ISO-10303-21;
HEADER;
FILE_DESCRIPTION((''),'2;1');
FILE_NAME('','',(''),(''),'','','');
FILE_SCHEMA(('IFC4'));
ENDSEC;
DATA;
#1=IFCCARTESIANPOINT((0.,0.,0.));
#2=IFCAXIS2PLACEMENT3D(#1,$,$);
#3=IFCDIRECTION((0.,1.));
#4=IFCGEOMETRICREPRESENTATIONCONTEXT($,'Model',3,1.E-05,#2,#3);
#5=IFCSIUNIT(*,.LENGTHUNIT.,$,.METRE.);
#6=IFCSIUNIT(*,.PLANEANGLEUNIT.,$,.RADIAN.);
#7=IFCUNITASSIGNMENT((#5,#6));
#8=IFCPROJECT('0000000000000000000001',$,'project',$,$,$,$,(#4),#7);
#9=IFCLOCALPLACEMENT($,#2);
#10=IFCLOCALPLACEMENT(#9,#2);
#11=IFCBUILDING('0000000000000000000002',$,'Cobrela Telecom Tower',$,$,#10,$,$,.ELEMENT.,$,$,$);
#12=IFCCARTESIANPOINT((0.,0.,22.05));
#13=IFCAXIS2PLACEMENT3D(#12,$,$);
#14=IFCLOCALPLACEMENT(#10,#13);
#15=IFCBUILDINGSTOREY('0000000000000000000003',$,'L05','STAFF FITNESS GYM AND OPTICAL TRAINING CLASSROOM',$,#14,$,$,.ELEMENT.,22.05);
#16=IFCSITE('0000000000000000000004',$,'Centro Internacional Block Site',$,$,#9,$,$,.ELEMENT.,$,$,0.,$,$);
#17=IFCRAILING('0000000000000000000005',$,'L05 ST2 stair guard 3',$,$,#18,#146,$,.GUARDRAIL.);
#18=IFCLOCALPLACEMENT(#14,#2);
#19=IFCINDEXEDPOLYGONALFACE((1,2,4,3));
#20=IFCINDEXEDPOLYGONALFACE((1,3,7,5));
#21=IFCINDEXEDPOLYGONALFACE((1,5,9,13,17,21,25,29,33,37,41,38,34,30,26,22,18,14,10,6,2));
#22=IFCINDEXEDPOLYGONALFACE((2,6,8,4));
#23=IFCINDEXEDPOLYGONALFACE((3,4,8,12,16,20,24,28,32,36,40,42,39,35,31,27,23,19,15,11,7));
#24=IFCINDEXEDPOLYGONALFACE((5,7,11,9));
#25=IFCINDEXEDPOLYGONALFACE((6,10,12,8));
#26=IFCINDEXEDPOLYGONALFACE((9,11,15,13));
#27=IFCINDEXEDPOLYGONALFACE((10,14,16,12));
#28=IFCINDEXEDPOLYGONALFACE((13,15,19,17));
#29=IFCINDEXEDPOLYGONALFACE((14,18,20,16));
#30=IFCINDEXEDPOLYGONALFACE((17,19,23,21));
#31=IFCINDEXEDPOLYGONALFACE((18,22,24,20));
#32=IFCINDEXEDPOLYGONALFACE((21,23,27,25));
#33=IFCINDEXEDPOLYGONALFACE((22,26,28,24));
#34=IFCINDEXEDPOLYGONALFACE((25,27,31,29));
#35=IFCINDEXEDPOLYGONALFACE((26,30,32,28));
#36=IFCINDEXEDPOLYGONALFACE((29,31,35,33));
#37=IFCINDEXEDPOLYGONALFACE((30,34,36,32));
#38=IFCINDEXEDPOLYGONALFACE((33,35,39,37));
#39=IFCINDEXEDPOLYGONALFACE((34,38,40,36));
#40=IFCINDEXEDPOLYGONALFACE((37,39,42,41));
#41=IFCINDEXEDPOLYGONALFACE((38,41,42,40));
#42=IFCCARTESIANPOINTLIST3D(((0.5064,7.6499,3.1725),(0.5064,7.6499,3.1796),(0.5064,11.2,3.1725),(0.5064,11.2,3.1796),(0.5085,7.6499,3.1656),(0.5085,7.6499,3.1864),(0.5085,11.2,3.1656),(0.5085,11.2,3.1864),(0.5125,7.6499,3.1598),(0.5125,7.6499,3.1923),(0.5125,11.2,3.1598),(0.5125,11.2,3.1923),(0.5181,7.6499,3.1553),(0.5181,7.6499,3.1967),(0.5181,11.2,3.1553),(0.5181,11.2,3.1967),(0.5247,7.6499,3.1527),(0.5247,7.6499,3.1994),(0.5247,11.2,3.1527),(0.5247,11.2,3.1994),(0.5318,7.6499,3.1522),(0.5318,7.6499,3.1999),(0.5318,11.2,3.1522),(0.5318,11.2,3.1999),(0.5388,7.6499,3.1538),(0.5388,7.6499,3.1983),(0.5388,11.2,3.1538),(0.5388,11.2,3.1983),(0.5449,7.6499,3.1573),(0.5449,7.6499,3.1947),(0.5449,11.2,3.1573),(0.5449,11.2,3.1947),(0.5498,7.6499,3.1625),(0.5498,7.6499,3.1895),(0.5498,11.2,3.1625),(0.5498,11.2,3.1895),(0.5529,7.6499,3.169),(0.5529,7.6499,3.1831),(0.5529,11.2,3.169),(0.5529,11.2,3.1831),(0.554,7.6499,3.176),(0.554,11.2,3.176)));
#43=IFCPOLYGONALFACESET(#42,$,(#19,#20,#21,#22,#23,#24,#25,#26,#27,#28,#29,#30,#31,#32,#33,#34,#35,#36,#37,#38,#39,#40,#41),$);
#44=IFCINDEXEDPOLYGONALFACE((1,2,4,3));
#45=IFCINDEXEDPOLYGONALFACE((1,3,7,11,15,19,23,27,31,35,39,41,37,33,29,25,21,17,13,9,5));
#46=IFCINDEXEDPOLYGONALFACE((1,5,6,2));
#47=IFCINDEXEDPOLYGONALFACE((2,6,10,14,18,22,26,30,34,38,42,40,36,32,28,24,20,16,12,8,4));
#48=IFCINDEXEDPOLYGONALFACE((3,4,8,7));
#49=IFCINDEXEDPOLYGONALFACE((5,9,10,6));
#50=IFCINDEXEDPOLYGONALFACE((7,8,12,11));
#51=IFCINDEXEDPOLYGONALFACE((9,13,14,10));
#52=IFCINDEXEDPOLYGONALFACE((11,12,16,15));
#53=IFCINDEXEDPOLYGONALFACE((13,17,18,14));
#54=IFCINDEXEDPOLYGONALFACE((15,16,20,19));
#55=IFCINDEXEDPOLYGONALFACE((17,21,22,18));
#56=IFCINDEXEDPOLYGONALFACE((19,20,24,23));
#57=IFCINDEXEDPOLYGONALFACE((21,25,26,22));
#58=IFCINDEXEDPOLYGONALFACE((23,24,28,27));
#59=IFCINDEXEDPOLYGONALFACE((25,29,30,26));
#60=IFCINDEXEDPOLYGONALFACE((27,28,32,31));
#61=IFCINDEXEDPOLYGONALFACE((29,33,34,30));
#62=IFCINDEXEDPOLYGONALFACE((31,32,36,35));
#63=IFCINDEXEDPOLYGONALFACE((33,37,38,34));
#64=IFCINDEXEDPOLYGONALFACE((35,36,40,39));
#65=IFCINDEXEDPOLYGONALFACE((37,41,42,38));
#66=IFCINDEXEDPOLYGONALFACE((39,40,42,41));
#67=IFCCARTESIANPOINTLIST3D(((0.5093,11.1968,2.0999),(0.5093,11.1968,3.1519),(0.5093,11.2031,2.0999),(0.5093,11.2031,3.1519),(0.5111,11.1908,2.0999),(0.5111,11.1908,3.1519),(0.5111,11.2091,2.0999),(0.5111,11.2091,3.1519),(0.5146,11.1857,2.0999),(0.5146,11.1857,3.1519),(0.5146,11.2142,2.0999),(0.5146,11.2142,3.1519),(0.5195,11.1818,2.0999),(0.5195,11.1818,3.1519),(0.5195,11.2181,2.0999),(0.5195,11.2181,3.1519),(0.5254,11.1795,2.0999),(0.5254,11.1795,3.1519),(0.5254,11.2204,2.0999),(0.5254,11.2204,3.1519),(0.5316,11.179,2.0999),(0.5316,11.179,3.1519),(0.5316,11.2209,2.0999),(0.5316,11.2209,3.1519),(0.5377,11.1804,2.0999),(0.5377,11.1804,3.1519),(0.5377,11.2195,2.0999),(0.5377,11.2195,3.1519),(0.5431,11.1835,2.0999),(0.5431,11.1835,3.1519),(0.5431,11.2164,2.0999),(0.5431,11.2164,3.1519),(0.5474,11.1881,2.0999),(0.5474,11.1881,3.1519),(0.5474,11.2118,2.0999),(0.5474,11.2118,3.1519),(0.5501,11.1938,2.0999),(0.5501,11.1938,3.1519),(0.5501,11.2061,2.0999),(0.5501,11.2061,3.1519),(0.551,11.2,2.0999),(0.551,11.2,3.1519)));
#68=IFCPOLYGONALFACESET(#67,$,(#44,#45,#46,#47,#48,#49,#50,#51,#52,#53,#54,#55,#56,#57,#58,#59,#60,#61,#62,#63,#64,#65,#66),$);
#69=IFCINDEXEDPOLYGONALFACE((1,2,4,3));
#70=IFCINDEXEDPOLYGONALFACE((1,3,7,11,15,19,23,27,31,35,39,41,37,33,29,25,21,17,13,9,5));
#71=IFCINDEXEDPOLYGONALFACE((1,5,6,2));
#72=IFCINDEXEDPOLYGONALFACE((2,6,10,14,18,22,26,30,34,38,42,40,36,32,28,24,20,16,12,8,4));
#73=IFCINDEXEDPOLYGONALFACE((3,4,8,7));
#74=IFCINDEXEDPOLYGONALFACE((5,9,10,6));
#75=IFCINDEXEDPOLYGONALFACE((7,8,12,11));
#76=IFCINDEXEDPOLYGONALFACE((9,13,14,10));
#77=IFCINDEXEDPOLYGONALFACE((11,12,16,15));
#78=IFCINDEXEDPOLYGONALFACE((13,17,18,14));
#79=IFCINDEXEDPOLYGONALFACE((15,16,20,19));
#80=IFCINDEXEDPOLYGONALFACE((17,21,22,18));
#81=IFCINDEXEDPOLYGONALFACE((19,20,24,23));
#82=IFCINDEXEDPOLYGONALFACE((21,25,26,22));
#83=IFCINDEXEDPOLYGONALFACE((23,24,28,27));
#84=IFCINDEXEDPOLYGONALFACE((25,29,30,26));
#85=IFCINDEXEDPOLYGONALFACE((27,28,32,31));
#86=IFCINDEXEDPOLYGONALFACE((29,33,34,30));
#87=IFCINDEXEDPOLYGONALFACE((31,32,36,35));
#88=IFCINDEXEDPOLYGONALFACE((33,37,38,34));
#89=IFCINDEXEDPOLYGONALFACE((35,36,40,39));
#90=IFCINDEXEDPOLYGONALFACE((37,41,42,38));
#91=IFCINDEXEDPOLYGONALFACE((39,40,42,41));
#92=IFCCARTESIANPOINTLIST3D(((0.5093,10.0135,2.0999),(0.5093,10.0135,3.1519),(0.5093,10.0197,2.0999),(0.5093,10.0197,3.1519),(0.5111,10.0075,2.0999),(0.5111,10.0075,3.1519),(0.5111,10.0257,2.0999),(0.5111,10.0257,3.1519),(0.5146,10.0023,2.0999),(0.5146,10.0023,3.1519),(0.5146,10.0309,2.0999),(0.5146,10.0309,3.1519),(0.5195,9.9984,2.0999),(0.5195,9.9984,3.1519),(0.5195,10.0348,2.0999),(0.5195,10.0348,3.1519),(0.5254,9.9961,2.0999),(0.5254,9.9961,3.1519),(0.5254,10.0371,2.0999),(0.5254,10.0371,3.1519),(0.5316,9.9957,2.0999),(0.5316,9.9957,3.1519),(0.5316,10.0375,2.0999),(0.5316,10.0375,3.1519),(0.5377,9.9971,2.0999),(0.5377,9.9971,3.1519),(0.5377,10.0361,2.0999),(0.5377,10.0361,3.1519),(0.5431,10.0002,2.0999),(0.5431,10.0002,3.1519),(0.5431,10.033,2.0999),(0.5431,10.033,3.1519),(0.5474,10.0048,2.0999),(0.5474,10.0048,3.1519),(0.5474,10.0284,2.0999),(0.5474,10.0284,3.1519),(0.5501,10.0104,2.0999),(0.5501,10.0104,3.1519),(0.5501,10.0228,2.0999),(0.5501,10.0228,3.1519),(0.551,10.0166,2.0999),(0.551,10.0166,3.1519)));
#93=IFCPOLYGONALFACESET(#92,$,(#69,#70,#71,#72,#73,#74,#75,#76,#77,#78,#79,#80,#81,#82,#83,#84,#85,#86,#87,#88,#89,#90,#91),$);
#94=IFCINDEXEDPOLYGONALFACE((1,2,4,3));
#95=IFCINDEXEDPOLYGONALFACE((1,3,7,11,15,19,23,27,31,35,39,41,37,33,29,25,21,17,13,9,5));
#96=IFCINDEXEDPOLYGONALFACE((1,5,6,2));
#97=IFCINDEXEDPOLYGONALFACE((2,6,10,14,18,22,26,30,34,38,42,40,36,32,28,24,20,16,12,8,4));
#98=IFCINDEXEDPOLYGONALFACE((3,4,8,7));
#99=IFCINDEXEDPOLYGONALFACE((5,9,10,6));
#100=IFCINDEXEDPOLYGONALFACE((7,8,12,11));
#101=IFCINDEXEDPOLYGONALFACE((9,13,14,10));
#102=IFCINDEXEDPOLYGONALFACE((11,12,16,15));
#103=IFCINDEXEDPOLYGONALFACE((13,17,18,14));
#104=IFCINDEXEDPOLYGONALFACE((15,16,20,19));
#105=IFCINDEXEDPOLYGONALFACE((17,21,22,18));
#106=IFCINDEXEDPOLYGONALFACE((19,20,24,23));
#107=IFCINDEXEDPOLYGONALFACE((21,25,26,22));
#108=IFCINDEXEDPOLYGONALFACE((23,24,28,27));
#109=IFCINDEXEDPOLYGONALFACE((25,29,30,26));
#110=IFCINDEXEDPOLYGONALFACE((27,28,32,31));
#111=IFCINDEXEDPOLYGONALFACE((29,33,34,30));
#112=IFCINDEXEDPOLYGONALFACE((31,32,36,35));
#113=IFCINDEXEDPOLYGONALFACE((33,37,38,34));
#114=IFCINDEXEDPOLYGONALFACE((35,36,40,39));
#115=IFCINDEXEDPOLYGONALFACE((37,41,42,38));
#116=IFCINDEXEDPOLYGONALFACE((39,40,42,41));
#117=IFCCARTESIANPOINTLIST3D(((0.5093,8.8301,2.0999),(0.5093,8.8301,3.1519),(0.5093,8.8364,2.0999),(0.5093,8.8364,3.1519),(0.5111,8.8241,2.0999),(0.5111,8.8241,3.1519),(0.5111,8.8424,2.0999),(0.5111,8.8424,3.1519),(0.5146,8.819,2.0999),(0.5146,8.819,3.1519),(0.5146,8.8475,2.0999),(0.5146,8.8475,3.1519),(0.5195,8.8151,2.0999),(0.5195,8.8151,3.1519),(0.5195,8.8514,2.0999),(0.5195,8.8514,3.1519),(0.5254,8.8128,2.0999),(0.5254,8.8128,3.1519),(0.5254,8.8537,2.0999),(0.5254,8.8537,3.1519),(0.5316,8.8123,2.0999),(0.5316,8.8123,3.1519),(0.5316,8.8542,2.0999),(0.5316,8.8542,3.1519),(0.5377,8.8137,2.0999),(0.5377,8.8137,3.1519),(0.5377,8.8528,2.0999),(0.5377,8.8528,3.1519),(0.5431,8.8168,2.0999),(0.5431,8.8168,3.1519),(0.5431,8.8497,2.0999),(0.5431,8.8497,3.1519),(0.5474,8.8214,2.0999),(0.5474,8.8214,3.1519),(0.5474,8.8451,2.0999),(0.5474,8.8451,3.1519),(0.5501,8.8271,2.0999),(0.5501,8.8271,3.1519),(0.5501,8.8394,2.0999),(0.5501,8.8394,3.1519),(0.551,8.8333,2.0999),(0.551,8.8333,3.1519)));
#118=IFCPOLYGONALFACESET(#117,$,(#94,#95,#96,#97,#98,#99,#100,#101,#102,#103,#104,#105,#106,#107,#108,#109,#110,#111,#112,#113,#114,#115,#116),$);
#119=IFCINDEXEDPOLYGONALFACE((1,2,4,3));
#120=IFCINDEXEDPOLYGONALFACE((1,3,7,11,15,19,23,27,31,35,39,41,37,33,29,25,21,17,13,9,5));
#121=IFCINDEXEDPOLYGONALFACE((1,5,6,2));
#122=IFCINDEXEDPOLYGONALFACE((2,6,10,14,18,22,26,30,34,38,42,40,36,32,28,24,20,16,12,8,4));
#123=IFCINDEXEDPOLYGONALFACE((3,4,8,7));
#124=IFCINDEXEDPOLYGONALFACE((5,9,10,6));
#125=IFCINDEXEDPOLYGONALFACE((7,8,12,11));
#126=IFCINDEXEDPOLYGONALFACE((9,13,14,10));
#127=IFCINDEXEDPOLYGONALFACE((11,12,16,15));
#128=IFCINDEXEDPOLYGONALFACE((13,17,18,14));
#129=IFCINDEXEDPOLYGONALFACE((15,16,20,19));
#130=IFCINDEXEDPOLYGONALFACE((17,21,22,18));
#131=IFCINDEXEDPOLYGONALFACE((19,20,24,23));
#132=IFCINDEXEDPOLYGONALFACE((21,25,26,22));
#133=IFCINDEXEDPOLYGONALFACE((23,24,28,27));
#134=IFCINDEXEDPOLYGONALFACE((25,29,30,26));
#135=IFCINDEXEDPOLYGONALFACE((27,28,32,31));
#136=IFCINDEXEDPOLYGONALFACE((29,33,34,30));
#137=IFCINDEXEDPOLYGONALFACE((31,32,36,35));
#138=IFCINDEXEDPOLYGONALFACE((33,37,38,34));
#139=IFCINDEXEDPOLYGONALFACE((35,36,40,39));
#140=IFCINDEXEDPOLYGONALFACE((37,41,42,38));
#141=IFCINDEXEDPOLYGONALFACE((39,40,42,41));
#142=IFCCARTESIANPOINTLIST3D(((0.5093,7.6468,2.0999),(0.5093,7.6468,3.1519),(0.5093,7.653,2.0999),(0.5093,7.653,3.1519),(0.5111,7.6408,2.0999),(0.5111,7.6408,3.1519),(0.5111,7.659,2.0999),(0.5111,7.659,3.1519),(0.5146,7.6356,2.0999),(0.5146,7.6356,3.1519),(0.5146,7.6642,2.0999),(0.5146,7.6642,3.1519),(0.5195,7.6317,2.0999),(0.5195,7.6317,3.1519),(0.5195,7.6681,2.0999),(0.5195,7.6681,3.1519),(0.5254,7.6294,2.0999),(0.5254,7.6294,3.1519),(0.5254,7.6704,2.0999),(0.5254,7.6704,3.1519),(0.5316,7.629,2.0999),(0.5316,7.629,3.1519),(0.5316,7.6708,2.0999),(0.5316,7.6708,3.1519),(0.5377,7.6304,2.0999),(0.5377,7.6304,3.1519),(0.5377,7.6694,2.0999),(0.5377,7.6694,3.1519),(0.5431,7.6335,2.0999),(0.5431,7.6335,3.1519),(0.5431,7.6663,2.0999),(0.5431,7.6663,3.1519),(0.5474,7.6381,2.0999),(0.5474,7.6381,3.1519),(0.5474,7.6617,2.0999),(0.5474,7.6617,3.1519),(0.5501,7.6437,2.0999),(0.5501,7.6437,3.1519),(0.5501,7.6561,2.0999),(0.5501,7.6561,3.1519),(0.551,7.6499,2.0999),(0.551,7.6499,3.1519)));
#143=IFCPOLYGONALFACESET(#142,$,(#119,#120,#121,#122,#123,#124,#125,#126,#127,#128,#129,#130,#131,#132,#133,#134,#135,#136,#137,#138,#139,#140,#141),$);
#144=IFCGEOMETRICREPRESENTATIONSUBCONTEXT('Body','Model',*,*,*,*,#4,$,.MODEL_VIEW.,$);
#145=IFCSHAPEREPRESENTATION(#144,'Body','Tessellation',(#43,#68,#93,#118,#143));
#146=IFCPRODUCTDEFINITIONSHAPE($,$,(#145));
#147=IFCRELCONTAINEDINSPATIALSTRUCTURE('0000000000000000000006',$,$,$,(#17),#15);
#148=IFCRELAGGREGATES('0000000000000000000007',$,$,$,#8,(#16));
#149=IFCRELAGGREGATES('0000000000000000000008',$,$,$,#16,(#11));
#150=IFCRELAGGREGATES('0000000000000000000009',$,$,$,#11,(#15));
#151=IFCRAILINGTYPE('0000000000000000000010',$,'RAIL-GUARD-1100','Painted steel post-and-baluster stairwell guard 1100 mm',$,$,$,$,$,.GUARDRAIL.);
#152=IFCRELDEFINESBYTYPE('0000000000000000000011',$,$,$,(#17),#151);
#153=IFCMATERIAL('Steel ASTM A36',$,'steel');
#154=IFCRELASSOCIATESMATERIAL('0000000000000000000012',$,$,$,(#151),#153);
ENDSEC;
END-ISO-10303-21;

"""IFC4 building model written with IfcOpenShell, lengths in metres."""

from ifc_helpers import new_model, si_unit, direction, frame, origin, origin_2d, place, context, subcontext, project, spatial, circle, extrude, material, type_object, element, save


model = new_model("IFC4")

# Units and contexts
model_context = context("Model", 3, precision=1e-05, world=origin(), true_north=direction((0.0, 1.0)))
body_context = subcontext(model_context, "Body", "Model", "MODEL_VIEW")
ifc_project = project(units=[si_unit("LENGTHUNIT", "METRE"), si_unit("PLANEANGLEUNIT", "RADIAN")], contexts=[model_context])

# Site, building, storey
site_placement = place(None, origin())
site = spatial("IfcSite", under=ifc_project, at=site_placement, Name="Centro Internacional Block Site", CompositionType="ELEMENT", RefElevation=0.0)
building_placement = place(site_placement, origin())
building = spatial("IfcBuilding", under=site, at=building_placement, Name="Cobrela Telecom Tower", CompositionType="ELEMENT")
storey_placement = place(building_placement, frame((0.0, 0.0, 22.05)))
storey = spatial("IfcBuildingStorey", under=building, at=storey_placement, Name="L05", Description="STAFF FITNESS GYM AND OPTICAL TRAINING CLASSROOM", CompositionType="ELEMENT", Elevation=22.05)

# Shared definitions
ifc_material_1 = material(Name="Steel ASTM A36", Category="steel")

# Railing
railing_type_1 = type_object("IfcRailingType", Name="RAIL-GUARD-1100", Description="Painted steel post-and-baluster stairwell guard 1100 mm", PredefinedType="GUARDRAIL", material=ifc_material_1)
railing_1_placement = place(storey_placement, frame((0.53, 11.2, 2.0999)))
element("IfcRailing", 1, at=railing_1_placement, inside=storey, type_object=railing_type_1, Name="L05 ST2 stair guard 3", PredefinedType="GUARDRAIL", context=body_context, shape_type="SweptSolid", body=[
    extrude(circle(Radius=0.0239, at=origin_2d()), frame((0.0, 0.0, 1.0762), z_axis=(0.0, -1.0, 0.0), x_axis=(1.0, 0.0, 0.0)), (0.0, 0.0, 1.0), 3.55),
    extrude(circle(Radius=0.021, at=origin_2d()), origin(), (0.0, 0.0, 1.0), 1.052),
    extrude(circle(Radius=0.021, at=origin_2d()), frame((0.0, -1.1833, 0.0)), (0.0, 0.0, 1.0), 1.052),
    extrude(circle(Radius=0.021, at=origin_2d()), frame((0.0, -2.3667, 0.0)), (0.0, 0.0, 1.0), 1.052),
    extrude(circle(Radius=0.021, at=origin_2d()), frame((0.0, -3.55, 0.0)), (0.0, 0.0, 1.0), 1.052),
])

save(model, "model.ifc")
